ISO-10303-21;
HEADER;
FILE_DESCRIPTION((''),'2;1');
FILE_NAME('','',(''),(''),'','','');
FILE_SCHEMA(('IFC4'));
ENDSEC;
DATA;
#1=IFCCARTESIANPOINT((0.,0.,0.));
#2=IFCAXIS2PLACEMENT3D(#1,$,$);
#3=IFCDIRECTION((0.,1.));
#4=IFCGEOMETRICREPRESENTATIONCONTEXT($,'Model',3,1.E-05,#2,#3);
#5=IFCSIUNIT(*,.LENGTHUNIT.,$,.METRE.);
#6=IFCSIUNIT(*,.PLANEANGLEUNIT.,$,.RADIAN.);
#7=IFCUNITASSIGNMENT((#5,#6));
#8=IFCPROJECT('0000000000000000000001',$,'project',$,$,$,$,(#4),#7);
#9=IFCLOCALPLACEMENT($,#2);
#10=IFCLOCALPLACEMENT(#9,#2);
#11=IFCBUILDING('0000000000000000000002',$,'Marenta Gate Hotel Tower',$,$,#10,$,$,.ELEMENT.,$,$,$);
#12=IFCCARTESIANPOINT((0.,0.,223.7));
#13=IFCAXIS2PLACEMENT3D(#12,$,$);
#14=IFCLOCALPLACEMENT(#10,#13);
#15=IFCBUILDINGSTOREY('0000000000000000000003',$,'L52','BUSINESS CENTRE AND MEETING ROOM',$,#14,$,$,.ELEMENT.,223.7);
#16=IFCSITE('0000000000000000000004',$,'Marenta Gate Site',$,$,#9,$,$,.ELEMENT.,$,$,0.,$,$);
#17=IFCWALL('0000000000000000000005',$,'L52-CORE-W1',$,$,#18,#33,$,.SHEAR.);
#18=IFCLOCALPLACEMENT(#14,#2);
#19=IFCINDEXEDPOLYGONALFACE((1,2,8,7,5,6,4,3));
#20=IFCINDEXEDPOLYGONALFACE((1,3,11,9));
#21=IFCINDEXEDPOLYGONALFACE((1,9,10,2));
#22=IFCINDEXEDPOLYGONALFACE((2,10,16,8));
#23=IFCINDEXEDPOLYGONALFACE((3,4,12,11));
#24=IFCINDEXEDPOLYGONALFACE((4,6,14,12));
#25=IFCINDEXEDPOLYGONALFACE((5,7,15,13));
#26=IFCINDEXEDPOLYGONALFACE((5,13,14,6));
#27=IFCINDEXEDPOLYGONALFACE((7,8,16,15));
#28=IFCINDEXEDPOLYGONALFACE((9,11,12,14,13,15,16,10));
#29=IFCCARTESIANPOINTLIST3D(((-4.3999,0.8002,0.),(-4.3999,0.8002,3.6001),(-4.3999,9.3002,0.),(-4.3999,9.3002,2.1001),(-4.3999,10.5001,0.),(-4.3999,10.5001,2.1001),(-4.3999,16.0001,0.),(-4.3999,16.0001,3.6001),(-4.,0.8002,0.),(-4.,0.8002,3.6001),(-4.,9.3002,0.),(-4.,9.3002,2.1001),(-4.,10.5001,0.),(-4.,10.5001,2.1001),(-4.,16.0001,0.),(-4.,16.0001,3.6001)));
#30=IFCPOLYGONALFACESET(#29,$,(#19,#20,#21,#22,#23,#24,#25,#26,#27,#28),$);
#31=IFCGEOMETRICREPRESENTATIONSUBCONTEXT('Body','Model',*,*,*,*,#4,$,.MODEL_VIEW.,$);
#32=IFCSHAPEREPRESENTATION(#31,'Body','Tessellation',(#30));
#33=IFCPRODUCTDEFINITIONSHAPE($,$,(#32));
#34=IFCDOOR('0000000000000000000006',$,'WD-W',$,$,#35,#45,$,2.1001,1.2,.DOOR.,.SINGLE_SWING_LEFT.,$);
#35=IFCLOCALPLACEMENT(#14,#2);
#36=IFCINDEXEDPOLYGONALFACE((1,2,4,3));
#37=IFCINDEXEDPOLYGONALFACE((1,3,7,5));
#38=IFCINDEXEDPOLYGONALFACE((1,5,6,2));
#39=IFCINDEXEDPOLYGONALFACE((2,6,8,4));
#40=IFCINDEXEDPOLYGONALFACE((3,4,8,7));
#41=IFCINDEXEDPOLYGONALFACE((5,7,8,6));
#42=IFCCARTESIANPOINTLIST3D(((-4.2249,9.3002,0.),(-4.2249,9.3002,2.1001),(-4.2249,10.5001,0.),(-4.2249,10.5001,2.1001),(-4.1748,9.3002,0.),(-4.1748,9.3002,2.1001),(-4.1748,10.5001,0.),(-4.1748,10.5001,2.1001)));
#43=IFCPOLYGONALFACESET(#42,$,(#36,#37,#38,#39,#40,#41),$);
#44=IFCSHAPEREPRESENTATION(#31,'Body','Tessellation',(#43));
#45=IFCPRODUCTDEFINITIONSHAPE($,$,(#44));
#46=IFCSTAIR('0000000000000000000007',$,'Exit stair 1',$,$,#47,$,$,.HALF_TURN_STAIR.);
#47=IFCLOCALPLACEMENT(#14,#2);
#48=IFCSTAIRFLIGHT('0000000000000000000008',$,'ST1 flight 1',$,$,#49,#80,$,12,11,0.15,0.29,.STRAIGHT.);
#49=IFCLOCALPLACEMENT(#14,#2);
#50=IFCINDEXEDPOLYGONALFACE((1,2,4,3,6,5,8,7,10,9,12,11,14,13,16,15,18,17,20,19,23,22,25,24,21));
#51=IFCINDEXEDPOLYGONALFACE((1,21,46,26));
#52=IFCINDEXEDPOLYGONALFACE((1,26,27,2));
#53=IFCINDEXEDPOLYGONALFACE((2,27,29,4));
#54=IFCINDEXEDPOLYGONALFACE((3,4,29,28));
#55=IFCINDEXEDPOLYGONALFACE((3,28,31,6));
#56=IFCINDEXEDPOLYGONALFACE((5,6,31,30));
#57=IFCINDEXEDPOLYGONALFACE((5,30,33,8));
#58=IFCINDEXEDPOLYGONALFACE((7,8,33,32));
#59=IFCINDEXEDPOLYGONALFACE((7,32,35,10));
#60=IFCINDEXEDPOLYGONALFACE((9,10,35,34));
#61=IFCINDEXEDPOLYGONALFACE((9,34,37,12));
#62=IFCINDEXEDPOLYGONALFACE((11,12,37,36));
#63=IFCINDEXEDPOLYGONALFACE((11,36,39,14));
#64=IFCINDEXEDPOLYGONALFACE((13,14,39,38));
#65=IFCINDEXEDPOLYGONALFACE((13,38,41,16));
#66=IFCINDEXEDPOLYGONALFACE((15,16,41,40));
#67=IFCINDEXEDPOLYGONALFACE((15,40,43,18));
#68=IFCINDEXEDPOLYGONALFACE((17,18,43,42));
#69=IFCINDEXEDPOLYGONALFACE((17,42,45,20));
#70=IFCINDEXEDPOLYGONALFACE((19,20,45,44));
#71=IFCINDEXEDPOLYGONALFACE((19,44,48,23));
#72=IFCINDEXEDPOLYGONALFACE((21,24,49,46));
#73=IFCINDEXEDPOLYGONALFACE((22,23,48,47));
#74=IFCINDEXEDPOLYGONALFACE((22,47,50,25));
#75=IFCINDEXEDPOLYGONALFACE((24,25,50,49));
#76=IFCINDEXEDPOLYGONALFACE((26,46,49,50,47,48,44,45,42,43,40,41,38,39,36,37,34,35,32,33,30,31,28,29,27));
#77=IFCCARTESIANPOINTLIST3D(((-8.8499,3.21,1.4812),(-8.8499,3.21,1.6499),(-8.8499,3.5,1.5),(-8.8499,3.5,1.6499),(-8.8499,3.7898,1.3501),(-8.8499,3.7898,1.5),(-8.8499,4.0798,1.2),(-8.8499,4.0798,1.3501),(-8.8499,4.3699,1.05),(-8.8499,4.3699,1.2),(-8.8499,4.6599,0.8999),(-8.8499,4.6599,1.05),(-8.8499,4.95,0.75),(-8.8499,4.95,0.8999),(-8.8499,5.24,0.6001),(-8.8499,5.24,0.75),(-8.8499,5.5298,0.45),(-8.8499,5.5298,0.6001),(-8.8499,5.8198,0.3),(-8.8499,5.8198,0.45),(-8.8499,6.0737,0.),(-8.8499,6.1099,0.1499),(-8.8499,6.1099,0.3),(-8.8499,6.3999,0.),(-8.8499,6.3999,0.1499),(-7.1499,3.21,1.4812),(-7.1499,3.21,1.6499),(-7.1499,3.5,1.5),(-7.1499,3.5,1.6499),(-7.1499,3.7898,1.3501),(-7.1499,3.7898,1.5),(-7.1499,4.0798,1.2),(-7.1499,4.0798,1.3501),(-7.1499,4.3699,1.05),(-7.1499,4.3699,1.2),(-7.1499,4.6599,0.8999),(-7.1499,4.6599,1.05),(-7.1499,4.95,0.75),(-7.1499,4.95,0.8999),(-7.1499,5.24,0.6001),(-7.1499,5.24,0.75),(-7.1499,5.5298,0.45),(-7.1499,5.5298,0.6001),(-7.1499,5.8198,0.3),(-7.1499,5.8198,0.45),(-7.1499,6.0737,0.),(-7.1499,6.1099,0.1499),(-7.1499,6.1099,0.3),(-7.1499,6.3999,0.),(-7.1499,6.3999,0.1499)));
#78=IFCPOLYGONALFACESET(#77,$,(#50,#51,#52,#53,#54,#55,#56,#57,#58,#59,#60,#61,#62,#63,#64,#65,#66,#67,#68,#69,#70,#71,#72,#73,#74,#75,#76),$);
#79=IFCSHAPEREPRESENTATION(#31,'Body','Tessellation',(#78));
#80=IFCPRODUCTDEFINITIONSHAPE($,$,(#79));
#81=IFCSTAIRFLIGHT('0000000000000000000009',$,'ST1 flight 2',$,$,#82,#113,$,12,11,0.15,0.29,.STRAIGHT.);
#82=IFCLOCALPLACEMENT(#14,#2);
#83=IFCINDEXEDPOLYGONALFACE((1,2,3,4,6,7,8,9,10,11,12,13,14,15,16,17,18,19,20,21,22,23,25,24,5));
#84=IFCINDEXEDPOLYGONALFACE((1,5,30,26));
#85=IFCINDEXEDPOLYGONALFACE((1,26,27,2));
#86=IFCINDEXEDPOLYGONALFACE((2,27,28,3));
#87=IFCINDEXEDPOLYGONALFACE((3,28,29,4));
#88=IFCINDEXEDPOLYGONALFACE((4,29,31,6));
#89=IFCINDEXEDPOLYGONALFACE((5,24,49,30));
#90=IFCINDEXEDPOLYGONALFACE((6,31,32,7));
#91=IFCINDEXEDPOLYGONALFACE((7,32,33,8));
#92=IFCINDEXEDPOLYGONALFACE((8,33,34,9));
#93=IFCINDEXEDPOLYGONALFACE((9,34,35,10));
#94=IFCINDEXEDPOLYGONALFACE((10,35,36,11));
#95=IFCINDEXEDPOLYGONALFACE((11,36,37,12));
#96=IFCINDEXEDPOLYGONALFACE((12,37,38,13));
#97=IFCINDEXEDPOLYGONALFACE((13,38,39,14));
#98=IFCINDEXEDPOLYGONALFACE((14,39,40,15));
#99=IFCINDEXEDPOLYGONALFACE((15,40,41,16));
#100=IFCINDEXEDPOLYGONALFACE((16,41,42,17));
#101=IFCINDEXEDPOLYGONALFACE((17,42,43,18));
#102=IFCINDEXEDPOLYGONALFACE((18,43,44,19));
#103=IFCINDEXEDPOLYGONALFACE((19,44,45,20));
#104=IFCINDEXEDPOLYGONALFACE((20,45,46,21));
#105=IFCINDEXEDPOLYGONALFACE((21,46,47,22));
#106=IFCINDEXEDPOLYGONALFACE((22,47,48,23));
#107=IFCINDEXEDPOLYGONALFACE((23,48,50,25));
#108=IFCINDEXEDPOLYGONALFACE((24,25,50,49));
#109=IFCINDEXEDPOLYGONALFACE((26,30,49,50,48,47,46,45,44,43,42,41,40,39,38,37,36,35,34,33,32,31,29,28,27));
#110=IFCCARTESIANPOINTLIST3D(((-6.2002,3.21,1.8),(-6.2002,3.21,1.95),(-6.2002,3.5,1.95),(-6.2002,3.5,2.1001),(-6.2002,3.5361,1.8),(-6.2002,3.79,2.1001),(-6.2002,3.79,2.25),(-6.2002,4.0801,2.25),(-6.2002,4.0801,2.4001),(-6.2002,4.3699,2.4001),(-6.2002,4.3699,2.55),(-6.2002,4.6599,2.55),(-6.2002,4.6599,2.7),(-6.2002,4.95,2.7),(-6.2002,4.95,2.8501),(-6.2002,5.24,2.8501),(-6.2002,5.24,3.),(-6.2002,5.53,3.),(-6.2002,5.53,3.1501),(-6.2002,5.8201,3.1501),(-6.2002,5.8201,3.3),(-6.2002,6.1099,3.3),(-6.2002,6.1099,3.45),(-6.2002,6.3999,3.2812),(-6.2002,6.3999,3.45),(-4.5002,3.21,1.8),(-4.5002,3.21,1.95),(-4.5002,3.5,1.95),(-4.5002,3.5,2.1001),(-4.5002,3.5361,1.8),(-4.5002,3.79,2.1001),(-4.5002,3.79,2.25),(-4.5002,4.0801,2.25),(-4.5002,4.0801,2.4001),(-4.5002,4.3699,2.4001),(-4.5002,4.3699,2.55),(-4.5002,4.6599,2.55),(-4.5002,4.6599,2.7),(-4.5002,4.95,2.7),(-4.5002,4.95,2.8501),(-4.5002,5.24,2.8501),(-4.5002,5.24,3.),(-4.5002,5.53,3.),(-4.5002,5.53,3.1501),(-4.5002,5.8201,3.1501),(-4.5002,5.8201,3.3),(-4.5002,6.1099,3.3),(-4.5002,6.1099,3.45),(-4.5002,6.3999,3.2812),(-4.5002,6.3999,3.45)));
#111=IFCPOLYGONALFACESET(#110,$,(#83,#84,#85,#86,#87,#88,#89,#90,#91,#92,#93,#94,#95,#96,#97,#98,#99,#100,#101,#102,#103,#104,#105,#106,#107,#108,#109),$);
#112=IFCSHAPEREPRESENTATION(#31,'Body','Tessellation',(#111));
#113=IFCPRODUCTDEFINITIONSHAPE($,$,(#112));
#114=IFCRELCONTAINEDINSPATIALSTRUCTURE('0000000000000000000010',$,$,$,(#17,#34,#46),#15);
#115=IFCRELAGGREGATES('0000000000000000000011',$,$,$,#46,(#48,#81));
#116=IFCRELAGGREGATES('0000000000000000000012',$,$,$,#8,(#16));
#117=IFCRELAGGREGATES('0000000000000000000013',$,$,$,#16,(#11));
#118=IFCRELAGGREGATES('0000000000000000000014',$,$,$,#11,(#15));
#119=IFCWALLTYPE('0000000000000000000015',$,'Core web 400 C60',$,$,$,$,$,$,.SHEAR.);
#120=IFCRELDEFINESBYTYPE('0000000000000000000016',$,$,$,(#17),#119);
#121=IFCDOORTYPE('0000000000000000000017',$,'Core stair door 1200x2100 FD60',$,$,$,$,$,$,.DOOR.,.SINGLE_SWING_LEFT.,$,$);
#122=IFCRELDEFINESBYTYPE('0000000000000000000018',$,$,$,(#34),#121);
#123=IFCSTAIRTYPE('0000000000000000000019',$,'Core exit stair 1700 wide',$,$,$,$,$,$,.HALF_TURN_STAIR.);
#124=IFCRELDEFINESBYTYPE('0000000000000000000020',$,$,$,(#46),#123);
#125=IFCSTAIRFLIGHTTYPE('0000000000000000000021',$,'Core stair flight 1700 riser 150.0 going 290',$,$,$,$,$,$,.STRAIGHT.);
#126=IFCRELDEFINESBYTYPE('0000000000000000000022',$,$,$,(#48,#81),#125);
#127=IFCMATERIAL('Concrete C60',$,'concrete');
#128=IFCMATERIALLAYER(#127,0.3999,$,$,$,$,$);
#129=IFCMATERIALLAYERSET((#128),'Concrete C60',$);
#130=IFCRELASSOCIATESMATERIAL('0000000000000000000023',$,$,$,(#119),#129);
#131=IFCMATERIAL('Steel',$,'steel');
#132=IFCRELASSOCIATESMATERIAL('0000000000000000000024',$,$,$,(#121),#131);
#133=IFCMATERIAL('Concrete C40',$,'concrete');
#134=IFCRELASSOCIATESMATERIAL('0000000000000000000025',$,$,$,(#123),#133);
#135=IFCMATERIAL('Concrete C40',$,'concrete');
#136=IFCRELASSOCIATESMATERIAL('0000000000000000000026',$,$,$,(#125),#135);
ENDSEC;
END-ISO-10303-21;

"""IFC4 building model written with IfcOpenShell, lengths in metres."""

from ifc_helpers import new_model, si_unit, direction, frame, frame_2d, origin, place, context, subcontext, project, spatial, polyline, rectangle, outline, extrude, material, layer, layer_set, type_object, element, fill, aggregate, save


model = new_model("IFC4")

# Units and contexts
model_context = context("Model", 3, precision=1e-05, world=origin(), true_north=direction((0.0, 1.0)))
body_context = subcontext(model_context, "Body", "Model", "MODEL_VIEW")
ifc_project = project(units=[si_unit("LENGTHUNIT", "METRE"), si_unit("PLANEANGLEUNIT", "RADIAN")], contexts=[model_context])

# Site, building, storey
site_placement = place(None, origin())
site = spatial("IfcSite", under=ifc_project, at=site_placement, Name="Marenta Gate Site", CompositionType="ELEMENT", RefElevation=0.0)
building_placement = place(site_placement, origin())
building = spatial("IfcBuilding", under=site, at=building_placement, Name="Marenta Gate Hotel Tower", CompositionType="ELEMENT")
storey_placement = place(building_placement, frame((0.0, 0.0, 223.7)))
storey = spatial("IfcBuildingStorey", under=building, at=storey_placement, Name="L52", Description="BUSINESS CENTRE AND MEETING ROOM", CompositionType="ELEMENT", Elevation=223.7)

# Wall, opening, door
ifc_material_1 = material(Name="Concrete C60", Category="concrete")
ifc_layer_1 = layer(ifc_material_1, 0.3999)
ifc_layer_set_1 = layer_set([ifc_layer_1], Name="Concrete C60")
wall_type_1 = type_object("IfcWallType", Name="Core web 400 C60", PredefinedType="SHEAR", material=ifc_layer_set_1)
wall_1_placement = place(storey_placement, frame((-4.2, 0.8, 0.0), z_axis=(0.0, 0.0, 1.0), x_axis=(0.0, 1.0, 0.0)))
wall_1 = element("IfcWall", 1, at=wall_1_placement, inside=storey, type_object=wall_type_1, Name="L52-CORE-W1", PredefinedType="SHEAR", context=body_context, shape_type="SweptSolid", body=[
    extrude(rectangle(XDim=15.2, YDim=0.3999, at=frame_2d((7.6001, 0.0))), origin(), (0.0, 0.0, 1.0), 3.6001),
])
opening_1_placement = place(wall_1_placement, frame((8.5, 0.0, 0.0)))
opening_1 = element("IfcOpeningElement", 2, at=opening_1_placement, cuts=wall_1, PredefinedType="OPENING", context=body_context, shape_type="SweptSolid", body=[
    extrude(rectangle(XDim=1.2, YDim=2.1001, at=frame_2d((0.6001, 1.05))), frame((0.0, 0.2, 0.0), z_axis=(0.0, -1.0, 0.0), x_axis=(1.0, 0.0, 0.0)), (0.0, 0.0, 1.0), 0.3999),
])
ifc_material_2 = material(Name="Steel", Category="steel")
door_type_1 = type_object("IfcDoorType", Name="Core stair door 1200x2100 FD60", OperationType="SINGLE_SWING_LEFT", PredefinedType="DOOR", material=ifc_material_2)
door_1_placement = place(opening_1_placement, origin())
door_1 = element("IfcDoor", 3, at=door_1_placement, inside=storey, type_object=door_type_1, Name="WD-W", OperationType="SINGLE_SWING_LEFT", OverallHeight=2.1001, OverallWidth=1.2, PredefinedType="DOOR", context=body_context, shape_type="SweptSolid", body=[
    extrude(rectangle(XDim=1.2, YDim=2.1001, at=frame_2d((0.6001, 1.05))), frame((0.0, 0.0249, 0.0), z_axis=(0.0, -1.0, 0.0), x_axis=(1.0, 0.0, 0.0)), (0.0, 0.0, 1.0), 0.05),
])
fill(opening_1, door_1)

# Stair, stair flights
ifc_material_3 = material(Name="Concrete C40", Category="concrete")
stair_type = type_object("IfcStairType", Name="Core exit stair 1700 wide", PredefinedType="HALF_TURN_STAIR", material=ifc_material_3)
stair_placement = place(storey_placement, origin())
stair = element("IfcStair", 4, at=stair_placement, inside=storey, type_object=stair_type, Name="Exit stair 1", PredefinedType="HALF_TURN_STAIR")
ifc_material_4 = material(Name="Concrete C40", Category="concrete")
stair_flight_type = type_object("IfcStairFlightType", Name="Core stair flight 1700 riser 150.0 going 290", PredefinedType="STRAIGHT", material=ifc_material_4)
stair_flight_1_placement = place(storey_placement, frame((-8.0, 6.3999, 0.0), z_axis=(0.0, 0.0, 1.0), x_axis=(0.0, -1.0, 0.0)))
stair_flight_1 = element("IfcStairFlight", 5, at=stair_flight_1_placement, type_object=stair_flight_type, Name="ST1 flight 1", NumberOfRisers=12, NumberOfTreads=11, PredefinedType="STRAIGHT", RiserHeight=0.15, TreadLength=0.29, context=body_context, shape_type="SweptSolid", body=[
    extrude(outline(polyline([(0.0, 0.0), (0.0, 0.1499), (0.29, 0.1499), (0.29, 0.3), (0.5801, 0.3), (0.5801, 0.45), (0.8701, 0.45), (0.8701, 0.6001), (1.1599, 0.6001), (1.1599, 0.75), (1.45, 0.75), (1.45, 0.8999), (1.74, 0.8999), (1.74, 1.05), (2.03, 1.05), (2.03, 1.2), (2.3201, 1.2), (2.3201, 1.3501), (2.6101, 1.3501), (2.6101, 1.5), (2.8999, 1.5), (2.8999, 1.6499), (3.1899, 1.6499), (3.1899, 1.8), (3.1899, 1.4812), (0.3262, 0.0), (0.0, 0.0)])), frame((0.0, 0.8501, 0.0), z_axis=(0.0, -1.0, 0.0), x_axis=(1.0, 0.0, 0.0)), (0.0, 0.0, 1.0), 1.7),
])
stair_flight_2_placement = place(storey_placement, frame((-5.3501, 3.21, 1.8), z_axis=(0.0, 0.0, 1.0), x_axis=(0.0, 1.0, 0.0)))
stair_flight_2 = element("IfcStairFlight", 6, at=stair_flight_2_placement, type_object=stair_flight_type, Name="ST1 flight 2", NumberOfRisers=12, NumberOfTreads=11, PredefinedType="STRAIGHT", RiserHeight=0.15, TreadLength=0.29, context=body_context, shape_type="SweptSolid", body=[
    extrude(outline(polyline([(0.0, 0.0), (0.0, 0.1499), (0.29, 0.1499), (0.29, 0.3), (0.5801, 0.3), (0.5801, 0.45), (0.8701, 0.45), (0.8701, 0.6001), (1.1599, 0.6001), (1.1599, 0.75), (1.45, 0.75), (1.45, 0.8999), (1.74, 0.8999), (1.74, 1.05), (2.03, 1.05), (2.03, 1.2), (2.3201, 1.2), (2.3201, 1.3501), (2.6101, 1.3501), (2.6101, 1.5), (2.8999, 1.5), (2.8999, 1.6499), (3.1899, 1.6499), (3.1899, 1.8), (3.1899, 1.4812), (0.3262, 0.0), (0.0, 0.0)])), frame((0.0, 0.8501, 0.0), z_axis=(0.0, -1.0, 0.0), x_axis=(1.0, 0.0, 0.0)), (0.0, 0.0, 1.0), 1.7),
])
aggregate(stair, [stair_flight_1, stair_flight_2])

save(model, "model.ifc")
